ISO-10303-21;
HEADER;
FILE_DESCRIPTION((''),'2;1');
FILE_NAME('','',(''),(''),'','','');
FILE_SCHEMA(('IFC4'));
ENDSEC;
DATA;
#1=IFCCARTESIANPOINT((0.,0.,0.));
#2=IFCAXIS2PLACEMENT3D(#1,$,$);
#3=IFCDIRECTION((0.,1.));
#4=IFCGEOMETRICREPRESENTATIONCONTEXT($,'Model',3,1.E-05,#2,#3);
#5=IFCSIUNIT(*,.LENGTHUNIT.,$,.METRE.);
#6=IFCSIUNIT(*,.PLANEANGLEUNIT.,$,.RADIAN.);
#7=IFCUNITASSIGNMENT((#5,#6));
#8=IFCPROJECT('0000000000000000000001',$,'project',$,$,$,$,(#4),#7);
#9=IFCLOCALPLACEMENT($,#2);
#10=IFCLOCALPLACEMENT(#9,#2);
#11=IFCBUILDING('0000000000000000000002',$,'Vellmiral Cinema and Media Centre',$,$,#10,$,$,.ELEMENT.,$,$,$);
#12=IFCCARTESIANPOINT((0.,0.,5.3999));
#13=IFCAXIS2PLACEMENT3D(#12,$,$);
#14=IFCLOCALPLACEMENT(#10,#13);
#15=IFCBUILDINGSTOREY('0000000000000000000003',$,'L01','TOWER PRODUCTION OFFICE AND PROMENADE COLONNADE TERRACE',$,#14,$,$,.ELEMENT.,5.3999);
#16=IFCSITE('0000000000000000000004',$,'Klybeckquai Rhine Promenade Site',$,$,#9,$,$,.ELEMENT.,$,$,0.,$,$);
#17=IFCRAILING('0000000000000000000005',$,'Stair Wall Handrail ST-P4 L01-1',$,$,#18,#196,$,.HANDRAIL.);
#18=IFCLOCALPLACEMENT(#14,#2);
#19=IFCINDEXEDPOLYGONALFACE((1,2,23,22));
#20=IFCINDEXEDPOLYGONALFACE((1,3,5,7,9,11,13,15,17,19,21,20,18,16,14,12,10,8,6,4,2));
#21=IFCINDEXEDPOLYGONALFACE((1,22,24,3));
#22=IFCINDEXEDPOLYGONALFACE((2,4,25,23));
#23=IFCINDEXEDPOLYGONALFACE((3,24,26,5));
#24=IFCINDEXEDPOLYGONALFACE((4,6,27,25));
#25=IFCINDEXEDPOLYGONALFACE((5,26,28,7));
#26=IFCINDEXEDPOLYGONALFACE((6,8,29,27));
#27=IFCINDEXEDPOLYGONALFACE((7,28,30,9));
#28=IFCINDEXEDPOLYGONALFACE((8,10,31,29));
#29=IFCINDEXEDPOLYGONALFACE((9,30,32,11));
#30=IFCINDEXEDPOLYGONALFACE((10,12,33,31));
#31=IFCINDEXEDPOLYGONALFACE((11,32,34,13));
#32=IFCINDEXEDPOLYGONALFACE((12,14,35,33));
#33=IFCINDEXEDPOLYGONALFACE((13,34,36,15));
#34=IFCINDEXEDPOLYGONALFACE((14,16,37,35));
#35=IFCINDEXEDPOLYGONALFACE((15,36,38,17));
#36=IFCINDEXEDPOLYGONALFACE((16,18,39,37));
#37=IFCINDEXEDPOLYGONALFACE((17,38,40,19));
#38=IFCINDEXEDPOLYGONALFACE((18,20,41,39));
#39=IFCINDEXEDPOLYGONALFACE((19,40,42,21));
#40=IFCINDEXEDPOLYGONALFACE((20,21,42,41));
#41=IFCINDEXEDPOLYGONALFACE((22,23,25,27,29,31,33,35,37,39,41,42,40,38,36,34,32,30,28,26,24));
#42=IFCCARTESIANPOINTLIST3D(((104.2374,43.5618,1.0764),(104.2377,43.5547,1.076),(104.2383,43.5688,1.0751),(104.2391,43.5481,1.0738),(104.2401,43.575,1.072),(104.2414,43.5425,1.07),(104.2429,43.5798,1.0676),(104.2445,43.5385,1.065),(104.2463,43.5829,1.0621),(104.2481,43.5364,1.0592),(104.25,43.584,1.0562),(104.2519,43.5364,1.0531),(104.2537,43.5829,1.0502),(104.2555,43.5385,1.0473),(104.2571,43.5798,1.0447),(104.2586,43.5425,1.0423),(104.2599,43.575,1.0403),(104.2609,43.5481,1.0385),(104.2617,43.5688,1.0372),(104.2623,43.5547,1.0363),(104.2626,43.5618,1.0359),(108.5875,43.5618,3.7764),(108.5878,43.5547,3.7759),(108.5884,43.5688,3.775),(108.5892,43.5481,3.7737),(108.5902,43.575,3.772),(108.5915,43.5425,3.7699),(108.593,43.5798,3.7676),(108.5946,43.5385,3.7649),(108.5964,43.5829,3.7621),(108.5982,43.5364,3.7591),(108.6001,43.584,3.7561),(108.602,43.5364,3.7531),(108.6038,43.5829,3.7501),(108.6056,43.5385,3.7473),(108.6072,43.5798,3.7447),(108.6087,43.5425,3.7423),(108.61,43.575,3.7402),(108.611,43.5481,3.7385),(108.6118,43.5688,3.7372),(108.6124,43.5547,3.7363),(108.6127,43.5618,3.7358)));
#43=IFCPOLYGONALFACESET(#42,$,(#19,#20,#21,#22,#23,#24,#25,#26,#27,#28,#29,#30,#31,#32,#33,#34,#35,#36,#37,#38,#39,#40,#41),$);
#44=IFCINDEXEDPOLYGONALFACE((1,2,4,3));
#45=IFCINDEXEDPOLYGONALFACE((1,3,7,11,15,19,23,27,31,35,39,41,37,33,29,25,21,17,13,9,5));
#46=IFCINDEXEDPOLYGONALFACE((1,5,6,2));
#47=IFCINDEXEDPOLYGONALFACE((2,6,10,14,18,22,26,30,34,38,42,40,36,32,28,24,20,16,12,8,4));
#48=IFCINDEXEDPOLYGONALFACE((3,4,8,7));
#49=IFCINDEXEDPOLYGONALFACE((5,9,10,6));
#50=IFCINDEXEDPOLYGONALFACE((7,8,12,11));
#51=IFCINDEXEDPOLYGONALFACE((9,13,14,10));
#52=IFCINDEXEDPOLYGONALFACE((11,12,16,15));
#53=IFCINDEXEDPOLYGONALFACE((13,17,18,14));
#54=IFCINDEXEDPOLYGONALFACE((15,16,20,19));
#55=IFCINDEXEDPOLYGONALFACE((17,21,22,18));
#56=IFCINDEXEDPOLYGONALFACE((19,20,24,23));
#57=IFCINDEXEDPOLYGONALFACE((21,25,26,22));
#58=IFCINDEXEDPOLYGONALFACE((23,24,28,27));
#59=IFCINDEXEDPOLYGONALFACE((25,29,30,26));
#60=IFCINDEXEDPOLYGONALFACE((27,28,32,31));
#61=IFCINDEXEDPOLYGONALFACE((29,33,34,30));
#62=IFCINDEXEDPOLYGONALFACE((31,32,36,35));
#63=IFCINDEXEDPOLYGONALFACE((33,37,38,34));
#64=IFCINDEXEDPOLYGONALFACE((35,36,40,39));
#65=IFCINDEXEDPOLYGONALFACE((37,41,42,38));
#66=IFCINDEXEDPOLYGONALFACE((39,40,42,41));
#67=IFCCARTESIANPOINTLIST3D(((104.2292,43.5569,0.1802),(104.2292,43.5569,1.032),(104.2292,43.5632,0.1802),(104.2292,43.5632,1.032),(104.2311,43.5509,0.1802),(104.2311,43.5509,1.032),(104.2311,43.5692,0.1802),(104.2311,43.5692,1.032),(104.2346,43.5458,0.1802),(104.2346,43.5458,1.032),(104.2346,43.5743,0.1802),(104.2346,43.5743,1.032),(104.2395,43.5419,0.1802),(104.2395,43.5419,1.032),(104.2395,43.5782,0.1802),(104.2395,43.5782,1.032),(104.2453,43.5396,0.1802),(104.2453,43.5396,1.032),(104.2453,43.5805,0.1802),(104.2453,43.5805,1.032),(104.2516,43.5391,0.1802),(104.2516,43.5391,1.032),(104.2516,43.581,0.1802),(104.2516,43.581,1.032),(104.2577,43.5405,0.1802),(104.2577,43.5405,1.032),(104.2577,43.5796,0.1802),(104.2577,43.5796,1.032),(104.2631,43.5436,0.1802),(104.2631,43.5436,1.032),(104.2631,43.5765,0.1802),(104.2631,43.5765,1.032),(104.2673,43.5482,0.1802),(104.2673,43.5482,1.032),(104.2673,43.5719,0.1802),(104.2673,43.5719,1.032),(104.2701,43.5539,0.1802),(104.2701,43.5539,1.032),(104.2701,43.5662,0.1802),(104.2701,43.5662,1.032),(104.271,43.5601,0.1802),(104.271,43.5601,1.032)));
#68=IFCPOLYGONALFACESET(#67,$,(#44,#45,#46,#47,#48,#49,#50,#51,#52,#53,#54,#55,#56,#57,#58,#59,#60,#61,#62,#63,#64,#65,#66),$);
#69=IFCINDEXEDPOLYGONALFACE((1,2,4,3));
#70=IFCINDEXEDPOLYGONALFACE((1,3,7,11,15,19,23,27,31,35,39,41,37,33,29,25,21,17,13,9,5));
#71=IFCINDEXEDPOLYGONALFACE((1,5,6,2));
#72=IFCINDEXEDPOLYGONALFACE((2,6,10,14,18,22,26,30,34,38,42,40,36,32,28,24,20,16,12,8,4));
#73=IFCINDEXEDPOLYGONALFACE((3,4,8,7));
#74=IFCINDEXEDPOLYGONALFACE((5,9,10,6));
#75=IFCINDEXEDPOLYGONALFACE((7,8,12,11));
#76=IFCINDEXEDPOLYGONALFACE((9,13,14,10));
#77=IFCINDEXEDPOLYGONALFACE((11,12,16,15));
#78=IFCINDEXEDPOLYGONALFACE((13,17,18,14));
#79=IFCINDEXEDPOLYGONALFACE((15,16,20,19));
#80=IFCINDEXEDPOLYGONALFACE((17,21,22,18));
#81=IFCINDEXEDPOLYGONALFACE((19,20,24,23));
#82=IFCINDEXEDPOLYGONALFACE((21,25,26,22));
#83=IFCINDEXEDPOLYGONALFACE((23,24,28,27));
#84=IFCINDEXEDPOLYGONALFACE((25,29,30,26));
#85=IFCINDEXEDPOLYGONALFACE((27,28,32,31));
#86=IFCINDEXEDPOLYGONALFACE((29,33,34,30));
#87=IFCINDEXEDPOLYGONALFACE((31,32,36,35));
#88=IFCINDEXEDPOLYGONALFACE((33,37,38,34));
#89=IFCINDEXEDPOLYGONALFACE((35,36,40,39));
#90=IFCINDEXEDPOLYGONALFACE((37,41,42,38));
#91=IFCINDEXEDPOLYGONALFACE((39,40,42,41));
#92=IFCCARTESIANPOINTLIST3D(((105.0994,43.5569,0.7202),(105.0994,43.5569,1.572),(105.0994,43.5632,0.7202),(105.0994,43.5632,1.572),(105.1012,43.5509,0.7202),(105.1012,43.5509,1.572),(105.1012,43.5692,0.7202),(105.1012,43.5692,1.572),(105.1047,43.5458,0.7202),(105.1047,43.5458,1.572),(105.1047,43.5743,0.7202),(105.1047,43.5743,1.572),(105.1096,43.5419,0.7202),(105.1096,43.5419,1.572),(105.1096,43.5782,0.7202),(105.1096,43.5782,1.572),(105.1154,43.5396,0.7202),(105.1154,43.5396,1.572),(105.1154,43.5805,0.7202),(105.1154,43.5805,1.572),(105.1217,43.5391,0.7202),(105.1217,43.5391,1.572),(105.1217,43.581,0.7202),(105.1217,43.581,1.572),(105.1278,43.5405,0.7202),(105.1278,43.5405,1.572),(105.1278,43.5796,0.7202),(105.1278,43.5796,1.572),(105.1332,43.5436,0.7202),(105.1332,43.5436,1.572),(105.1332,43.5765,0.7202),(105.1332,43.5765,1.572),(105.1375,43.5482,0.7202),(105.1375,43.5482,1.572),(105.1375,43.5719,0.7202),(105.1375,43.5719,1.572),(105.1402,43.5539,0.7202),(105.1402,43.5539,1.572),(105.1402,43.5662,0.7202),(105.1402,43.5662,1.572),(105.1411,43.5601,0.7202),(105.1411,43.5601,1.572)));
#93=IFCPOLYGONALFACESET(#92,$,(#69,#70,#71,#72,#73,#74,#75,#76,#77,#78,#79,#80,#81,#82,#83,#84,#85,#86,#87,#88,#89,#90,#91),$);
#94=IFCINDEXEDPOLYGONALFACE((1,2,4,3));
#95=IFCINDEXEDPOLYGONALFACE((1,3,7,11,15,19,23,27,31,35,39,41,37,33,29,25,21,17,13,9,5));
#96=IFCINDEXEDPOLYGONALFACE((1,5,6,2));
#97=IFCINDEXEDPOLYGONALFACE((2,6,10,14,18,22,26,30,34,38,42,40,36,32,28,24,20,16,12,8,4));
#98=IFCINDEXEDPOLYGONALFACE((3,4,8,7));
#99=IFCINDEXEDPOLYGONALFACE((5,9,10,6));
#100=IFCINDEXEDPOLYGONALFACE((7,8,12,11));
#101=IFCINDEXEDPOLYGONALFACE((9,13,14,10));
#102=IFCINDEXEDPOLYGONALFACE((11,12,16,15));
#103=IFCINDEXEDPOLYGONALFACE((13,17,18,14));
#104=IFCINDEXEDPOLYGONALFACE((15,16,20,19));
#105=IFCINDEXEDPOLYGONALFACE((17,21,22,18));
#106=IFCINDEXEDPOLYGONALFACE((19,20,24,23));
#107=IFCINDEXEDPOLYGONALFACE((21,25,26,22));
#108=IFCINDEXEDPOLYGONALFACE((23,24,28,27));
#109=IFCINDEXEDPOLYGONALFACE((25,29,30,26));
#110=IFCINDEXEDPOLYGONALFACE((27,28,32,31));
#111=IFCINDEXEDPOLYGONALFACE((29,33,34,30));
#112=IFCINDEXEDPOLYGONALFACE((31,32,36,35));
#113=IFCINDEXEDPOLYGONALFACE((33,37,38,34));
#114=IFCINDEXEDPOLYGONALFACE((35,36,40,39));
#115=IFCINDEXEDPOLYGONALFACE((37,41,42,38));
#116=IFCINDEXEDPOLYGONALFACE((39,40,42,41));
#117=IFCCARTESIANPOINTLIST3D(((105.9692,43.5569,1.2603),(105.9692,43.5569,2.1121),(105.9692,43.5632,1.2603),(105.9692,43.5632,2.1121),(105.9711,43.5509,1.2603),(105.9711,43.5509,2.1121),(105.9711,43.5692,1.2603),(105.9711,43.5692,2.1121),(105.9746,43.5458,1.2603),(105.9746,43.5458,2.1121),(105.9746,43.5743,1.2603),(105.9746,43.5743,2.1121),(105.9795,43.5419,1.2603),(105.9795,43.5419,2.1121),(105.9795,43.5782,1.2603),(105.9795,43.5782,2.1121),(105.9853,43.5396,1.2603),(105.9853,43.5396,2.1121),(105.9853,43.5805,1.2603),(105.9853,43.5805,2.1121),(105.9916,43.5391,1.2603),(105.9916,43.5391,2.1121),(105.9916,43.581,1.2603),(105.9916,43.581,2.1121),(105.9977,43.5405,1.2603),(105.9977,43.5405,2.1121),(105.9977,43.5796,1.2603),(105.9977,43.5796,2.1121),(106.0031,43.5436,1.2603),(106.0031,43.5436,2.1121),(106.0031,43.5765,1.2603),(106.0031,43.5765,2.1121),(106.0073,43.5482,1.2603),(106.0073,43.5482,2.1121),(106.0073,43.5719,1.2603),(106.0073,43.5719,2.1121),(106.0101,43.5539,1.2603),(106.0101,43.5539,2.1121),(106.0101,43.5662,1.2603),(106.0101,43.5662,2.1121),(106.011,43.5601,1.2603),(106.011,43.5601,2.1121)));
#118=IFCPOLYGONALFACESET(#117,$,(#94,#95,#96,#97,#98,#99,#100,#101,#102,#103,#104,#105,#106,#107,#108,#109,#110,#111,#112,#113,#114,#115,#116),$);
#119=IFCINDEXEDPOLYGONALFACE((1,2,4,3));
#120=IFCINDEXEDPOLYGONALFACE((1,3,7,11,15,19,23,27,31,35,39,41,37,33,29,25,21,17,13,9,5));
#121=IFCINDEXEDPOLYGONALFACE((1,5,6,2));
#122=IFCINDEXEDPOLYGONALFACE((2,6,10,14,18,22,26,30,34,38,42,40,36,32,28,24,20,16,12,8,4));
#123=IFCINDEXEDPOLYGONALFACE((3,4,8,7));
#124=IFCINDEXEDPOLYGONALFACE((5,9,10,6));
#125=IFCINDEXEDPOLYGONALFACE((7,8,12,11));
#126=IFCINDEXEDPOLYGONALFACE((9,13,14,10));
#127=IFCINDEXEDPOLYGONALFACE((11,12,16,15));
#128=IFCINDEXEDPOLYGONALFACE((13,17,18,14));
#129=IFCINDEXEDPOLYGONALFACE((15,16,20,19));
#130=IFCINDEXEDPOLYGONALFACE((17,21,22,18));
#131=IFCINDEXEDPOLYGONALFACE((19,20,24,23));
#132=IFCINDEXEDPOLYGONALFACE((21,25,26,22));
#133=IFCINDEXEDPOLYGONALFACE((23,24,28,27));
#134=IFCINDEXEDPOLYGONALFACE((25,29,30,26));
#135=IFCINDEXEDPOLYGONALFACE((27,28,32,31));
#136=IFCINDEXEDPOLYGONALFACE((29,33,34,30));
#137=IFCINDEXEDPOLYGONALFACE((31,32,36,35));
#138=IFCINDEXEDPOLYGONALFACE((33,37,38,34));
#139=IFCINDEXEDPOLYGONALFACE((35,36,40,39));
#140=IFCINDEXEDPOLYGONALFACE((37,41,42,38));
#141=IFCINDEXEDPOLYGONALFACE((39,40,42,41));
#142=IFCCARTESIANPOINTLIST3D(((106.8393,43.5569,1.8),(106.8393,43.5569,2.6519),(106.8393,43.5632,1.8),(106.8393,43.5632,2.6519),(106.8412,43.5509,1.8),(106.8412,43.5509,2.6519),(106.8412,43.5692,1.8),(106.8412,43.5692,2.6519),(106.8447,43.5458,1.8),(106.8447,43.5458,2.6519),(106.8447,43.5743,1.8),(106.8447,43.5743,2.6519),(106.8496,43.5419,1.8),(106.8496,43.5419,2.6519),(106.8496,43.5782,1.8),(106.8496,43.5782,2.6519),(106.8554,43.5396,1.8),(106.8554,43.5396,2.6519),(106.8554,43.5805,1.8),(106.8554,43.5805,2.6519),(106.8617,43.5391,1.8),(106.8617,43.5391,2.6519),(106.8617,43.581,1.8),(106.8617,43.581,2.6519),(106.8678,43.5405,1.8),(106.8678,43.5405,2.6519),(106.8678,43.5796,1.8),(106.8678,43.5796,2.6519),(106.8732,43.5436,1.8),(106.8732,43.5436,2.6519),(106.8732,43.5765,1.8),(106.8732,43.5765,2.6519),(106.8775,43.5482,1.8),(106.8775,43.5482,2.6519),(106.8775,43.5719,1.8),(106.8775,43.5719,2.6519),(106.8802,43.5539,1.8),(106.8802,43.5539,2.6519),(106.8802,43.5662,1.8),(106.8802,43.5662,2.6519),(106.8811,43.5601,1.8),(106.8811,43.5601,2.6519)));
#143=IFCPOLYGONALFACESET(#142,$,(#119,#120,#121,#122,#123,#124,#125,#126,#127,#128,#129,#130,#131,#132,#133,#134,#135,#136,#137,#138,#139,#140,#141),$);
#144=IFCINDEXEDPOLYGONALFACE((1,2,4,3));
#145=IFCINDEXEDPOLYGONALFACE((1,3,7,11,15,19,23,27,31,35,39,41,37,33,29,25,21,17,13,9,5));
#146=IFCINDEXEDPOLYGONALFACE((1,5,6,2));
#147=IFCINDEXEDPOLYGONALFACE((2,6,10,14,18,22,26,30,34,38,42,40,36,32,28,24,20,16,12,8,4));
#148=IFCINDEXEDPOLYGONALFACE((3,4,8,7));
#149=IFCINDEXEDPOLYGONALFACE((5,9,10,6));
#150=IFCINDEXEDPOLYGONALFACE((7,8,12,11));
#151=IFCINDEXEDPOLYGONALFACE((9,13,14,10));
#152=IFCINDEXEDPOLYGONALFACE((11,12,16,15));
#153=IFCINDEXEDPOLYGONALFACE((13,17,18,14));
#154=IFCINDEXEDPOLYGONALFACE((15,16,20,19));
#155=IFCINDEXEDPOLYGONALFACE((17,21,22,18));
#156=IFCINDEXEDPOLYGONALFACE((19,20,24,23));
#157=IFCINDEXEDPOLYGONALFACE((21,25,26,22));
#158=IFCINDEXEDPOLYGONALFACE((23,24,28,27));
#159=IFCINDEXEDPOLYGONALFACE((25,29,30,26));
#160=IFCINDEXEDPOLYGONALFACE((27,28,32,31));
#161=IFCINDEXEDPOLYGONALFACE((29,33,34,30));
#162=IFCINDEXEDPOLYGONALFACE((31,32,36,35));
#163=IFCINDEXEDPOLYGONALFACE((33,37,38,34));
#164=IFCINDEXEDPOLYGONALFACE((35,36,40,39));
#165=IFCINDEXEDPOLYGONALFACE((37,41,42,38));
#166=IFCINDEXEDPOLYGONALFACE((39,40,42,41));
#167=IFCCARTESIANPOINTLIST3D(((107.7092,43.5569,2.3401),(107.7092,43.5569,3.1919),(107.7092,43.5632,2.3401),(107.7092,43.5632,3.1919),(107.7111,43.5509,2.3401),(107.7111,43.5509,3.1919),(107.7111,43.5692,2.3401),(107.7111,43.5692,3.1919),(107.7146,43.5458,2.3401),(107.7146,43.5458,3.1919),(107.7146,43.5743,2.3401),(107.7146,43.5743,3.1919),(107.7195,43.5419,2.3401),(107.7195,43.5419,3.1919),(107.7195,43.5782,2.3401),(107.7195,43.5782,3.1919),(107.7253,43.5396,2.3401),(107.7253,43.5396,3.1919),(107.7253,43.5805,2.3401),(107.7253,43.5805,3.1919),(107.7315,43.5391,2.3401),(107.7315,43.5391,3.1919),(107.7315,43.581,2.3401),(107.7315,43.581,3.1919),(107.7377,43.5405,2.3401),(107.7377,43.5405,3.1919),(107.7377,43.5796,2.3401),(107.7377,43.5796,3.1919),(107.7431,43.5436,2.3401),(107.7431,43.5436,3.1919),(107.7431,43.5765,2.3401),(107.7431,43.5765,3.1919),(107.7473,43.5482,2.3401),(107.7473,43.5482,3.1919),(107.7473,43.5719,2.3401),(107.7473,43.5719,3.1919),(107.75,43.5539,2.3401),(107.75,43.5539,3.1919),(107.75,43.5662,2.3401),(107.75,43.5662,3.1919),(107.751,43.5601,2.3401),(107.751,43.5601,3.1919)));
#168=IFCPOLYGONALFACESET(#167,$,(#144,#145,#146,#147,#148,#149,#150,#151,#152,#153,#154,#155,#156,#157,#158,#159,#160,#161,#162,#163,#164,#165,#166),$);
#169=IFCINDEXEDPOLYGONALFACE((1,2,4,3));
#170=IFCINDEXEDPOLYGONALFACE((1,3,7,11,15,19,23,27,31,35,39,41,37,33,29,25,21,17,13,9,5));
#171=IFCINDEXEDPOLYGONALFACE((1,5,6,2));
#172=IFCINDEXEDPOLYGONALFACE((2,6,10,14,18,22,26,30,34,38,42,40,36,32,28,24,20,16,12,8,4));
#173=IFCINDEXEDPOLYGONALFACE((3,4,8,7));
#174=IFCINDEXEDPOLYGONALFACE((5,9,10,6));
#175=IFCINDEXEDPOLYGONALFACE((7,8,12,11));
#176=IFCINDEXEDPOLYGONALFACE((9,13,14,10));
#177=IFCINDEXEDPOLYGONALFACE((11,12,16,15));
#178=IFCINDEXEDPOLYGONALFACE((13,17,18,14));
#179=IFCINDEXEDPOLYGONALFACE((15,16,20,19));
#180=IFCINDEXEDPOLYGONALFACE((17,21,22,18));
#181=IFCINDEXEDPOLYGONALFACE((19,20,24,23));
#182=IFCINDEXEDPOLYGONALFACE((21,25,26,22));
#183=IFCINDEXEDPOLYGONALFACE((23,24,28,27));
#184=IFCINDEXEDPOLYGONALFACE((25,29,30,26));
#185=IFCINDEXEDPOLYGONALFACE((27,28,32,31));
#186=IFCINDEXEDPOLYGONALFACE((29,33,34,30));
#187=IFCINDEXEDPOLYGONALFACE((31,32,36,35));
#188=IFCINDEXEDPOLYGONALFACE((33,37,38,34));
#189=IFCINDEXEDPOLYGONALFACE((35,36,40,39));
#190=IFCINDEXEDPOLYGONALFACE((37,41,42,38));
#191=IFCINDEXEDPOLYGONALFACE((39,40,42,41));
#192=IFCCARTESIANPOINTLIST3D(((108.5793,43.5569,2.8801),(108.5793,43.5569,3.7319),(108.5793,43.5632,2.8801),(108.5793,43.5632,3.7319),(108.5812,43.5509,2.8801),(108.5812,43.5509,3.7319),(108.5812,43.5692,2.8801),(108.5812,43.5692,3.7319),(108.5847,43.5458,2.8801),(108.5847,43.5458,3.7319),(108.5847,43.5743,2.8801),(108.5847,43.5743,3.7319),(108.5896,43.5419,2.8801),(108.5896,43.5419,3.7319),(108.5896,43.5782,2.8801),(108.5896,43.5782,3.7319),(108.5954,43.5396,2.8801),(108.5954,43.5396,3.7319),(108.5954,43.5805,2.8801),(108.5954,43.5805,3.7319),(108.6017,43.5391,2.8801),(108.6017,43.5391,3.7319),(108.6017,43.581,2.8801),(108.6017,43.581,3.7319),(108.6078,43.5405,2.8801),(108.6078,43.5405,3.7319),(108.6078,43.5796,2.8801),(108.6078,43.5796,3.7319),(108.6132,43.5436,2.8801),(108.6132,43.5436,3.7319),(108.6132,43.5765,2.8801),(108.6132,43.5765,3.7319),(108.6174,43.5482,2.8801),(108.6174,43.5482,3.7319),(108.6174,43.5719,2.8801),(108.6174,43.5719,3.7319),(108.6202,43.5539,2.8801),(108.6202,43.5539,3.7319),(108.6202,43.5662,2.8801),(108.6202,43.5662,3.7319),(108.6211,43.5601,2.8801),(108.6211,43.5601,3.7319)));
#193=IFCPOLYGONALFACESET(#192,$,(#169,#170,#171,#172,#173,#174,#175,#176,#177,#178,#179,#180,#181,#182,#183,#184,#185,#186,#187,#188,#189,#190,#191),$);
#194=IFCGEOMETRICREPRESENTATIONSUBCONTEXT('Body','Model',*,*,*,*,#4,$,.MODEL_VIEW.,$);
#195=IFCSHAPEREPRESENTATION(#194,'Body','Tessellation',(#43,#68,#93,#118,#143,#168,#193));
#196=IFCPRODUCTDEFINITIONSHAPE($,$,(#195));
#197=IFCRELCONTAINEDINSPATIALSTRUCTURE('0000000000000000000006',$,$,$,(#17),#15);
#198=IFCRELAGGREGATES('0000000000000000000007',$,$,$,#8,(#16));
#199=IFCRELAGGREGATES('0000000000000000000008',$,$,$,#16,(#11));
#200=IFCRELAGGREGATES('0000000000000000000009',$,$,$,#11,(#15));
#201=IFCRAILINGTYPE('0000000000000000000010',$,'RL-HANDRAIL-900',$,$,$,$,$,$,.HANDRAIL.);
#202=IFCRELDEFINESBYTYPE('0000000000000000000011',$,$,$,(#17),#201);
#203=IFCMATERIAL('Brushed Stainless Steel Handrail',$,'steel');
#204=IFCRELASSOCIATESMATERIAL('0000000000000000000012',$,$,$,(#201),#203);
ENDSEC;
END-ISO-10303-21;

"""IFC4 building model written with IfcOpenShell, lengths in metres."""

from ifc_helpers import new_model, si_unit, direction, frame, origin, origin_2d, place, context, subcontext, project, spatial, circle, extrude, material, type_object, element, save


model = new_model("IFC4")

# Units and contexts
model_context = context("Model", 3, precision=1e-05, world=origin(), true_north=direction((0.0, 1.0)))
body_context = subcontext(model_context, "Body", "Model", "MODEL_VIEW")
ifc_project = project(units=[si_unit("LENGTHUNIT", "METRE"), si_unit("PLANEANGLEUNIT", "RADIAN")], contexts=[model_context])

# Site, building, storey
site_placement = place(None, origin())
site = spatial("IfcSite", under=ifc_project, at=site_placement, Name="Klybeckquai Rhine Promenade Site", CompositionType="ELEMENT", RefElevation=0.0)
building_placement = place(site_placement, origin())
building = spatial("IfcBuilding", under=site, at=building_placement, Name="Vellmiral Cinema and Media Centre", CompositionType="ELEMENT")
storey_placement = place(building_placement, frame((0.0, 0.0, 5.3999)))
storey = spatial("IfcBuildingStorey", under=building, at=storey_placement, Name="L01", Description="TOWER PRODUCTION OFFICE AND PROMENADE COLONNADE TERRACE", CompositionType="ELEMENT", Elevation=5.3999)

# Railing
ifc_material_1 = material(Name="Brushed Stainless Steel Handrail", Category="steel")
railing_type_1 = type_object("IfcRailingType", Name="RL-HANDRAIL-900", PredefinedType="HANDRAIL", material=ifc_material_1)
railing_1_placement = place(storey_placement, frame((104.25, 43.5601, 0.1802)))
element("IfcRailing", 1, at=railing_1_placement, inside=storey, type_object=railing_type_1, Name="Stair Wall Handrail ST-P4 L01-1", PredefinedType="HANDRAIL", context=body_context, shape_type="SweptSolid", body=[
    extrude(circle(Radius=0.0239, at=origin_2d()), frame((0.0, 0.0, 0.876), z_axis=(0.84965, 0.0, 0.527347), x_axis=(0.0, 1.0, 0.0)), (0.0, 0.0, 1.0), 5.1199),
    extrude(circle(Radius=0.021, at=origin_2d()), origin(), (0.0, 0.0, 1.0), 0.8518),
    extrude(circle(Radius=0.021, at=origin_2d()), frame((0.8701, 0.0, 0.54)), (0.0, 0.0, 1.0), 0.8518),
    extrude(circle(Radius=0.021, at=origin_2d()), frame((1.74, 0.0, 1.0801)), (0.0, 0.0, 1.0), 0.8518),
    extrude(circle(Radius=0.021, at=origin_2d()), frame((2.6101, 0.0, 1.6199)), (0.0, 0.0, 1.0), 0.8518),
    extrude(circle(Radius=0.021, at=origin_2d()), frame((3.48, 0.0, 2.1599)), (0.0, 0.0, 1.0), 0.8518),
    extrude(circle(Radius=0.021, at=origin_2d()), frame((4.3501, 0.0, 2.7)), (0.0, 0.0, 1.0), 0.8518),
])

save(model, "model.ifc")
